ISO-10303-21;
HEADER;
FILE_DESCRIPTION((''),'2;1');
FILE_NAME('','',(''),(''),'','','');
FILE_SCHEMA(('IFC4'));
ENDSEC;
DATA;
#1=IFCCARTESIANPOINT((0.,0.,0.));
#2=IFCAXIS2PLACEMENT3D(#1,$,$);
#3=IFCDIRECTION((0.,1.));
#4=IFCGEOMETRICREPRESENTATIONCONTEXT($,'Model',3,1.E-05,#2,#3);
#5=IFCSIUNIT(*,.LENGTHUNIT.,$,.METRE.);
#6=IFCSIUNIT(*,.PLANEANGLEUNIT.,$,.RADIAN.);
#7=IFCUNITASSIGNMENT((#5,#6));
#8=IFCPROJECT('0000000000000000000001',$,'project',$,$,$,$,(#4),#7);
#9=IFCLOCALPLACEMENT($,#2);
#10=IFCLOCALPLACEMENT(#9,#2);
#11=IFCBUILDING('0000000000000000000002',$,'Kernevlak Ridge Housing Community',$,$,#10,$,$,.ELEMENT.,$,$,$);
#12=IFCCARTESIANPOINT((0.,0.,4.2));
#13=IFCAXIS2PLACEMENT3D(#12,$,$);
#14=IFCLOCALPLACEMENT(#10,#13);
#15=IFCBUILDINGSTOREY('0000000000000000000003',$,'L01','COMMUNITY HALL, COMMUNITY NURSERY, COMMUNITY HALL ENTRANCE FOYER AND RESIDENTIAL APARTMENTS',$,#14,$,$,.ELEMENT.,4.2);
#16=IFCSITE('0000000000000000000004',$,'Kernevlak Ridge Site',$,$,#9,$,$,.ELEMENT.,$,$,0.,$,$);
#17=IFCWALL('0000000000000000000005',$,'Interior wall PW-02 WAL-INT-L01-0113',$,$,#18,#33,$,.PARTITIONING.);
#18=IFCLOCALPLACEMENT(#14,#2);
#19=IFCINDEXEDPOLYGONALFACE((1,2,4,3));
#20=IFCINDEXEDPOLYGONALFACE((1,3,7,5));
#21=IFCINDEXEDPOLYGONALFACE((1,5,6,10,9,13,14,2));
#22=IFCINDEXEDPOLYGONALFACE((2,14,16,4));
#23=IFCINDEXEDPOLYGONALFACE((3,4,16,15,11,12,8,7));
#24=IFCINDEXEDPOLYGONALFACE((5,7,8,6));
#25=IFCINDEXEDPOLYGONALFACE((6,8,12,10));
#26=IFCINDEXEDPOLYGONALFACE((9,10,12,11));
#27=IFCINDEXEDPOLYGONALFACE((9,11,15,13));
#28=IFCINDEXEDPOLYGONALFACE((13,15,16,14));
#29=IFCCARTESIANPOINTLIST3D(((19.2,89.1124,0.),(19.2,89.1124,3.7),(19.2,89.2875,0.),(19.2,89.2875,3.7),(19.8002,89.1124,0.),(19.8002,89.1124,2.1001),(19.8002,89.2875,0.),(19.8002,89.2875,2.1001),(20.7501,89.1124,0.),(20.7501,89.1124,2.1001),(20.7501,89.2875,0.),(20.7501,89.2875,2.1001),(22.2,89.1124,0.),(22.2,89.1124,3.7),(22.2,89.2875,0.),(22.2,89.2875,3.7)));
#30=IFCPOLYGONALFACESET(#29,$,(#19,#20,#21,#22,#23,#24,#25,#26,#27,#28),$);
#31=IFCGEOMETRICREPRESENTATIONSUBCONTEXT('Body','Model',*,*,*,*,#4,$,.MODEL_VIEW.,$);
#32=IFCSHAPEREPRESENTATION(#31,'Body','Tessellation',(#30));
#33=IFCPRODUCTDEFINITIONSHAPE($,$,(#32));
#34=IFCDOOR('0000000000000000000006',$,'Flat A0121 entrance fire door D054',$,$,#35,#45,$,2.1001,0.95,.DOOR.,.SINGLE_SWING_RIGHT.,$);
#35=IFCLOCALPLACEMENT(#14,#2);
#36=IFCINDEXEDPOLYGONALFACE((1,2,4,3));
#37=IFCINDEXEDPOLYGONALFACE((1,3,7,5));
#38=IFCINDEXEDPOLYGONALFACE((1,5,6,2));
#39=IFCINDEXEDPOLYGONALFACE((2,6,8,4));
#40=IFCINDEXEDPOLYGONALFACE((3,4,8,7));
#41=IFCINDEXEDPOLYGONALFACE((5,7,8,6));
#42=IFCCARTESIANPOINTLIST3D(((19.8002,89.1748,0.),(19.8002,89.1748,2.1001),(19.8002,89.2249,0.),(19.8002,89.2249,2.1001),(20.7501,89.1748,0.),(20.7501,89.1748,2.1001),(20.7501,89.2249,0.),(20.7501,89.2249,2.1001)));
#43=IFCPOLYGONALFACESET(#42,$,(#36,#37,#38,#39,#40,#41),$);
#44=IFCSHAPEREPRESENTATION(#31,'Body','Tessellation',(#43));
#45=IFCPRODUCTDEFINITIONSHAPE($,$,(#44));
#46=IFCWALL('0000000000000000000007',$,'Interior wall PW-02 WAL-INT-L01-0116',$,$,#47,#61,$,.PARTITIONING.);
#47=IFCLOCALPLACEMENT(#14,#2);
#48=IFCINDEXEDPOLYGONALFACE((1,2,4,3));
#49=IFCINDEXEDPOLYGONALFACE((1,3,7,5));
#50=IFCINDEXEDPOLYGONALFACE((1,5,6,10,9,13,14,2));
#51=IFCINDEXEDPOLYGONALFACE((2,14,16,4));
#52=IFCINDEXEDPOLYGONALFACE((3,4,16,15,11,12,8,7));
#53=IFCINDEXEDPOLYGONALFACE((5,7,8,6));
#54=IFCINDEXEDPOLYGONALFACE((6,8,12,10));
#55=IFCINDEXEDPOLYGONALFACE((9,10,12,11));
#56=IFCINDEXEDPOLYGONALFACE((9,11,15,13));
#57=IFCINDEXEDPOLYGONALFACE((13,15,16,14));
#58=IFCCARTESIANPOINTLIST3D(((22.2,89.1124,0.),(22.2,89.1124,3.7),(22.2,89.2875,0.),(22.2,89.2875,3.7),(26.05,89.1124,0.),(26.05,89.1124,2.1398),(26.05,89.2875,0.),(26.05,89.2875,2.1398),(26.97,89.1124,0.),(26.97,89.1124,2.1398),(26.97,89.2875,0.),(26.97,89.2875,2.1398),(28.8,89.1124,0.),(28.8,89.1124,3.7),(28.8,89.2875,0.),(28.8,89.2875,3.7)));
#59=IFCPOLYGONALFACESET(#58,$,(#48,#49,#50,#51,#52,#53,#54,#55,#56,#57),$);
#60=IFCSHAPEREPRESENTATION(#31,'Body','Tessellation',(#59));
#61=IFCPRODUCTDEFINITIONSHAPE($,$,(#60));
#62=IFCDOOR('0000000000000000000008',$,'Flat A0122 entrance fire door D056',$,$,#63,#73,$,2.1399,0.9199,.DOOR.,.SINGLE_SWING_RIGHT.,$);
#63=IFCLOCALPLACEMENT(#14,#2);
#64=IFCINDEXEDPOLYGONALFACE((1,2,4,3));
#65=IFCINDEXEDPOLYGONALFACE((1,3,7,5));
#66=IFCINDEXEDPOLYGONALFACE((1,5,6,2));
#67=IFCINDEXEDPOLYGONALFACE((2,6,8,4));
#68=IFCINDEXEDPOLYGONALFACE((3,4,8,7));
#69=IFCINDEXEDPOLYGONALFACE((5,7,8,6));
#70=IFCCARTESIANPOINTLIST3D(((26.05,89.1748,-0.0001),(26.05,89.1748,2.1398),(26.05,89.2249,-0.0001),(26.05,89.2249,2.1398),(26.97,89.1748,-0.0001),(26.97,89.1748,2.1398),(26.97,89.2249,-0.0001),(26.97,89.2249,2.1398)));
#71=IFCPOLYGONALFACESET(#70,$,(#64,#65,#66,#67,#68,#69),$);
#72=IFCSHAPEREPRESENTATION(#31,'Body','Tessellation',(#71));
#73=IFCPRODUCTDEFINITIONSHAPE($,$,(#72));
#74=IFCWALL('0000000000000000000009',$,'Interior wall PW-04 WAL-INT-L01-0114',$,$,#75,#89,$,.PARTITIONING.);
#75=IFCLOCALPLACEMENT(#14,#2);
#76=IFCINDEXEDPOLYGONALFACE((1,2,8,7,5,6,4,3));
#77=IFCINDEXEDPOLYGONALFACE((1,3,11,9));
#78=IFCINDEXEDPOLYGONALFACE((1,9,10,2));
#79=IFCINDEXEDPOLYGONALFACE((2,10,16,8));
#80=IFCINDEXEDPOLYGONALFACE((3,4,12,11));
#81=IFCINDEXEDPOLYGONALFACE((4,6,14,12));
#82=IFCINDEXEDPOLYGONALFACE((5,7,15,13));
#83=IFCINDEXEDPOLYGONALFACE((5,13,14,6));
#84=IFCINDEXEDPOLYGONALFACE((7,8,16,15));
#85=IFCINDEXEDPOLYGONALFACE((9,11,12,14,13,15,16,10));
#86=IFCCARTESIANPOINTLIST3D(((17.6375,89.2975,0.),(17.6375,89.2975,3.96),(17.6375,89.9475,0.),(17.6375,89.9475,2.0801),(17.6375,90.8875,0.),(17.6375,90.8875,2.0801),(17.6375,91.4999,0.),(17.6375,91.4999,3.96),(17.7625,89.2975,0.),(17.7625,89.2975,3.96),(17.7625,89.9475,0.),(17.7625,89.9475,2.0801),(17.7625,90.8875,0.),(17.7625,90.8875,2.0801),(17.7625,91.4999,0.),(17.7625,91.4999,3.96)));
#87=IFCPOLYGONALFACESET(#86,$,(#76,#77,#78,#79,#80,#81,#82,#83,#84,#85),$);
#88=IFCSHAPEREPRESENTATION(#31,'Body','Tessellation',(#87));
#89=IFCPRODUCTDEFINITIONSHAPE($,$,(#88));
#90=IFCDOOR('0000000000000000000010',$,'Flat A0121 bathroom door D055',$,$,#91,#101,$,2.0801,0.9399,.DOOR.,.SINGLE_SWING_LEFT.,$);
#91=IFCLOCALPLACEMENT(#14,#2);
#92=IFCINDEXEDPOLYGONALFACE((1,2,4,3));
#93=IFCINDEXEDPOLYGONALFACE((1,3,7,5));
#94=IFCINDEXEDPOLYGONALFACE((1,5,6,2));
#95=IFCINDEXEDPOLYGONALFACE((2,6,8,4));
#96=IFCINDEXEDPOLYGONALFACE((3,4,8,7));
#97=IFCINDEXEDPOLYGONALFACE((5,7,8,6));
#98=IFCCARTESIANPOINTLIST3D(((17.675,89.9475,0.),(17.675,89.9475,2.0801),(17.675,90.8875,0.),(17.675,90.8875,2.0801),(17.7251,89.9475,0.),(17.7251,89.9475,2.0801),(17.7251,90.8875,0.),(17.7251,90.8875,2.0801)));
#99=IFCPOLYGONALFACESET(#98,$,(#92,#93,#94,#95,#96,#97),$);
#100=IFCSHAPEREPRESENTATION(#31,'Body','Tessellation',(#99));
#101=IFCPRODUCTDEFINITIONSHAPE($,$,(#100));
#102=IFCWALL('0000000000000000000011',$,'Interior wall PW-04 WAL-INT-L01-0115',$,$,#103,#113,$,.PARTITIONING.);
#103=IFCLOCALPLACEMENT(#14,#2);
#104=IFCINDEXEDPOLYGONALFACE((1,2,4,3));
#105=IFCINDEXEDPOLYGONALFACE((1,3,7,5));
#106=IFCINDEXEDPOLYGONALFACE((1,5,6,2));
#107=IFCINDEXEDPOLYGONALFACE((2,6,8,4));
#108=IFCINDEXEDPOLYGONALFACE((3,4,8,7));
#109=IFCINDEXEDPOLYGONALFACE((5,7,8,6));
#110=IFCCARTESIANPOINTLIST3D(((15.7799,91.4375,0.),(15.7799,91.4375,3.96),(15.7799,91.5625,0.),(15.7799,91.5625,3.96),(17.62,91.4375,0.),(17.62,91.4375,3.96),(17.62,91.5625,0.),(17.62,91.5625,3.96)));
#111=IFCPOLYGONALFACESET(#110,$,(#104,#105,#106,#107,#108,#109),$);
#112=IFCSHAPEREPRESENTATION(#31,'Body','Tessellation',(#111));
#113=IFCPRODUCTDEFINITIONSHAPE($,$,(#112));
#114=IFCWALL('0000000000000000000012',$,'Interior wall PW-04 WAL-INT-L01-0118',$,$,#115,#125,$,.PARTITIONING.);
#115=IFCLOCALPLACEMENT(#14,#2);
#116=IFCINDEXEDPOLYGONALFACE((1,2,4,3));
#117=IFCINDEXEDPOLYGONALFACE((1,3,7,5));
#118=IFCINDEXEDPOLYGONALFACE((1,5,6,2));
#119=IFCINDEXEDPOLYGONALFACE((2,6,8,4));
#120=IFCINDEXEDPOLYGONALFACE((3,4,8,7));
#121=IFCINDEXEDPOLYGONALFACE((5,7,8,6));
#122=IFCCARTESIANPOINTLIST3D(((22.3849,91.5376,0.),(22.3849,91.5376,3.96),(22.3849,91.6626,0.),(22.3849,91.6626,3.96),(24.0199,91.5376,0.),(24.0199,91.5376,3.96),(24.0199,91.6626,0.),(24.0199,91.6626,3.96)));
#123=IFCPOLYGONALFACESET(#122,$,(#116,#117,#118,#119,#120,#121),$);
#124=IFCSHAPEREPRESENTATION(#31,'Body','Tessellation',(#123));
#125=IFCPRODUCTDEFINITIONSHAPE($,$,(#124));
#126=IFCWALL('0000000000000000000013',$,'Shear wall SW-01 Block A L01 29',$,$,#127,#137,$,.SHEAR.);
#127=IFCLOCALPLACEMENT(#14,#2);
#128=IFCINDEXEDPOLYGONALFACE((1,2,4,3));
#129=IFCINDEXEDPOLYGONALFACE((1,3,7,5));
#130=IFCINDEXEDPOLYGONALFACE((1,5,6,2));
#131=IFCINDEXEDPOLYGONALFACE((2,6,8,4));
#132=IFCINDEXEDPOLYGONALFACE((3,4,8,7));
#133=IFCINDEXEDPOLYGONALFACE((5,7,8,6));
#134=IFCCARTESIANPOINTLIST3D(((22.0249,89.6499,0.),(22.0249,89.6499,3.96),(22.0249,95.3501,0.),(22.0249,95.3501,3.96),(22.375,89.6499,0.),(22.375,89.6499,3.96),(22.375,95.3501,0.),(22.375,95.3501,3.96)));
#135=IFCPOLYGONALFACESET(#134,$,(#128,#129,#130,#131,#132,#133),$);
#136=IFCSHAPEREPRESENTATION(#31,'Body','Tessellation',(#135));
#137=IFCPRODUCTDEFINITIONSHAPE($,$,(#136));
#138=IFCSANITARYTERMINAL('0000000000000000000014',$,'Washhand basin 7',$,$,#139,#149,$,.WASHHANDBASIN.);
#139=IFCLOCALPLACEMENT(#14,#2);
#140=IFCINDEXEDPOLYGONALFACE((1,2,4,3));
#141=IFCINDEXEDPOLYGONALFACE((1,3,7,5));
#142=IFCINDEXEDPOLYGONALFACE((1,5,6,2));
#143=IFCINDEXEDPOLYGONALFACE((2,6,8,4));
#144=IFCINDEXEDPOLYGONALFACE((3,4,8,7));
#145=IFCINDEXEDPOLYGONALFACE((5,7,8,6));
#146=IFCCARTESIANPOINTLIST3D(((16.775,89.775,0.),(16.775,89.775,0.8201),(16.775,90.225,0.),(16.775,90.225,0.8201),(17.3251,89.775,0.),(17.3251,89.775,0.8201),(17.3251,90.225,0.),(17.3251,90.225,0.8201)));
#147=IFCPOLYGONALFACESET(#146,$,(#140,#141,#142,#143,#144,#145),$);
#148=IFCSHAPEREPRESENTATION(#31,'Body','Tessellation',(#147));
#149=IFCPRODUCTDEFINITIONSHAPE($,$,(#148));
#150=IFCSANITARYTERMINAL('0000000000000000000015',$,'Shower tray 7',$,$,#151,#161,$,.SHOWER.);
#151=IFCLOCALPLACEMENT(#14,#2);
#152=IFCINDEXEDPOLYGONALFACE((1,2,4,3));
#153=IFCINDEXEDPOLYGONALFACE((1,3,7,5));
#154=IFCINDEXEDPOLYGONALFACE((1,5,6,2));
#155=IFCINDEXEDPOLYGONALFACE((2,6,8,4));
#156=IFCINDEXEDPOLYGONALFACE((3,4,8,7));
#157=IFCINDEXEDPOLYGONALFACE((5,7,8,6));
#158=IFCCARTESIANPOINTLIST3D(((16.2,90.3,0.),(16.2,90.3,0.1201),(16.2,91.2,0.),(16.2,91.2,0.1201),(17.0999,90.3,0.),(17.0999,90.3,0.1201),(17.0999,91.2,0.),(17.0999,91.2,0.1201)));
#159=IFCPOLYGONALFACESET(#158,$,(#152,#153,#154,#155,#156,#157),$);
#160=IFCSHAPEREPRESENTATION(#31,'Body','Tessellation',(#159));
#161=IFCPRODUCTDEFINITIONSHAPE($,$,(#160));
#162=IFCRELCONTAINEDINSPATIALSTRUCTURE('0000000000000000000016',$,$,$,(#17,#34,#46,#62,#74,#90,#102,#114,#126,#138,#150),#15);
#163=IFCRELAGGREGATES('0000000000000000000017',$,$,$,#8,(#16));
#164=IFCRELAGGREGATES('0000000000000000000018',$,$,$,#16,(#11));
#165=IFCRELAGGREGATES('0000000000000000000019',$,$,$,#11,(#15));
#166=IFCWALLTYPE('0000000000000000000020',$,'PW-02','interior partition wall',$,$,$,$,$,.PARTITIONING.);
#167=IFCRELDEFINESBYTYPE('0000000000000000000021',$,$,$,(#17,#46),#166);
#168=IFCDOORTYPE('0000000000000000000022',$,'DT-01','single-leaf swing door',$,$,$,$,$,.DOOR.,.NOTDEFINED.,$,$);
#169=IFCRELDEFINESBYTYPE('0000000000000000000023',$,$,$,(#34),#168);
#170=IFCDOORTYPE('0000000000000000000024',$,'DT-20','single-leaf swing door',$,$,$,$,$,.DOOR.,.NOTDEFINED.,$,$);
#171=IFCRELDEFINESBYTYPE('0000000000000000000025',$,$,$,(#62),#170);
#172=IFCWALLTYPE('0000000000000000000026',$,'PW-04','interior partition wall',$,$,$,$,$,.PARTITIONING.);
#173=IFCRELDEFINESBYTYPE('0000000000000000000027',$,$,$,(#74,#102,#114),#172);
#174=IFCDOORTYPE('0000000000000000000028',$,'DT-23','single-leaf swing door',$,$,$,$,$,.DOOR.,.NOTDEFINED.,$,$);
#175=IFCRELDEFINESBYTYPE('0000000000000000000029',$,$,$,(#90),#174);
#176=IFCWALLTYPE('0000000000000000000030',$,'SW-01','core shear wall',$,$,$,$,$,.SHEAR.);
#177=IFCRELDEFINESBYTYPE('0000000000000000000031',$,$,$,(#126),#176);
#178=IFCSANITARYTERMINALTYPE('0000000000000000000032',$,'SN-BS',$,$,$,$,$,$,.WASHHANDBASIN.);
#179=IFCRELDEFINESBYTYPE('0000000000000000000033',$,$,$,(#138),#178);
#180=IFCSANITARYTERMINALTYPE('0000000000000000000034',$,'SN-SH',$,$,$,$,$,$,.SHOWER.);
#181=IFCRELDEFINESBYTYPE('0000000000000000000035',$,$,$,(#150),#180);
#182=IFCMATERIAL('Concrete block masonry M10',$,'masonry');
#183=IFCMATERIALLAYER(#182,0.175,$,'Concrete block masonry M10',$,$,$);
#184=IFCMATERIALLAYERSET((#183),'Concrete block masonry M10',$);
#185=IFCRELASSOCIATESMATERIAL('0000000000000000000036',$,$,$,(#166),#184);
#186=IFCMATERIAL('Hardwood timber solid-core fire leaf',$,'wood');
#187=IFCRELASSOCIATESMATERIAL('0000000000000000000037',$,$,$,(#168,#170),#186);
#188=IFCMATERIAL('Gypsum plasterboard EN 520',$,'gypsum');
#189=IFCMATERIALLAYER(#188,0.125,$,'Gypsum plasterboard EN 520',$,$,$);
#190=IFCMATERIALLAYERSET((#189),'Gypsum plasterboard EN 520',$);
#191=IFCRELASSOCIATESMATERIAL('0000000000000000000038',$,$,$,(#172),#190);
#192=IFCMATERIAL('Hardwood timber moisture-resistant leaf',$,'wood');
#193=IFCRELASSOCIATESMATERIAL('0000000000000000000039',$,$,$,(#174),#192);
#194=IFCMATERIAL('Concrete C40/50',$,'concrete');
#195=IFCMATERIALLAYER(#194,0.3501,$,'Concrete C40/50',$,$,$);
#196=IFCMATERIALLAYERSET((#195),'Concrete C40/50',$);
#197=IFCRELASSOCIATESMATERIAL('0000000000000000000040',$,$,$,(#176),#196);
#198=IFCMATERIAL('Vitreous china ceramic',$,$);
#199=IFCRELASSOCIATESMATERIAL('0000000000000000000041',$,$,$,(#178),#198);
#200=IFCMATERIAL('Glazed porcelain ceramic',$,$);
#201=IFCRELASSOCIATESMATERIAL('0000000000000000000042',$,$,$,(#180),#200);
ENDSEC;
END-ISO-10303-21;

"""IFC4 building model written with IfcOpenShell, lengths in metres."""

from ifc_helpers import new_model, si_unit, direction, frame, frame_2d, origin, origin_2d, place, context, subcontext, project, spatial, rectangle, extrude, material, layer, layer_set, type_object, element, fill, save


model = new_model("IFC4")

# Units and contexts
model_context = context("Model", 3, precision=1e-05, world=origin(), true_north=direction((0.0, 1.0)))
body_context = subcontext(model_context, "Body", "Model", "MODEL_VIEW")
ifc_project = project(units=[si_unit("LENGTHUNIT", "METRE"), si_unit("PLANEANGLEUNIT", "RADIAN")], contexts=[model_context])

# Site, building, storey
site_placement = place(None, origin())
site = spatial("IfcSite", under=ifc_project, at=site_placement, Name="Kernevlak Ridge Site", CompositionType="ELEMENT", RefElevation=0.0)
building_placement = place(site_placement, origin())
building = spatial("IfcBuilding", under=site, at=building_placement, Name="Kernevlak Ridge Housing Community", CompositionType="ELEMENT")
storey_placement = place(building_placement, frame((0.0, 0.0, 4.2)))
storey = spatial("IfcBuildingStorey", under=building, at=storey_placement, Name="L01", Description="COMMUNITY HALL, COMMUNITY NURSERY, COMMUNITY HALL ENTRANCE FOYER AND RESIDENTIAL APARTMENTS", CompositionType="ELEMENT", Elevation=4.2)

# Shared definitions
ifc_material_1 = material(Name="Concrete C40/50", Category="concrete")

# Shared definitions
ifc_material_2 = material(Name="Concrete block masonry M10", Category="masonry")

# Walls, openings, doors
ifc_layer_1 = layer(ifc_material_2, 0.175, Name="Concrete block masonry M10")
ifc_layer_set_1 = layer_set([ifc_layer_1], Name="Concrete block masonry M10")
wall_type_1 = type_object("IfcWallType", Name="PW-02", Description="interior partition wall", PredefinedType="PARTITIONING", material=ifc_layer_set_1)
wall_1_placement = place(storey_placement, frame((19.2, 89.2, 0.0), z_axis=(0.0, 0.0, 1.0), x_axis=(1.0, 0.0, 0.0)))
wall_1 = element("IfcWall", 1, at=wall_1_placement, inside=storey, type_object=wall_type_1, Name="Interior wall PW-02 WAL-INT-L01-0113", PredefinedType="PARTITIONING", context=body_context, shape_type="SweptSolid", body=[
    extrude(rectangle(XDim=3.0, YDim=0.175, at=frame_2d((1.5, 0.0))), origin(), (0.0, 0.0, 1.0), 3.7),
])
opening_1_placement = place(wall_1_placement, frame((0.6001, 0.0, 0.0)))
opening_1 = element("IfcOpeningElement", 2, at=opening_1_placement, cuts=wall_1, PredefinedType="OPENING", context=body_context, shape_type="SweptSolid", body=[
    extrude(rectangle(XDim=0.95, YDim=2.1001, at=frame_2d((0.4751, 1.05))), frame((0.0, 0.0974, 0.0), z_axis=(0.0, -1.0, 0.0), x_axis=(1.0, 0.0, 0.0)), (0.0, 0.0, 1.0), 0.1951),
])
ifc_material_3 = material(Name="Hardwood timber solid-core fire leaf", Category="wood")
door_type_1 = type_object("IfcDoorType", Name="DT-01", Description="single-leaf swing door", OperationType="NOTDEFINED", PredefinedType="DOOR", material=ifc_material_3)
door_1_placement = place(opening_1_placement, origin())
door_1 = element("IfcDoor", 3, at=door_1_placement, inside=storey, type_object=door_type_1, Name="Flat A0121 entrance fire door D054", OperationType="SINGLE_SWING_RIGHT", OverallHeight=2.1001, OverallWidth=0.95, PredefinedType="DOOR", context=body_context, shape_type="SweptSolid", body=[
    extrude(rectangle(XDim=0.95, YDim=2.1001, at=frame_2d((0.4751, 1.05))), frame((0.0, 0.0249, 0.0), z_axis=(0.0, -1.0, 0.0), x_axis=(1.0, 0.0, 0.0)), (0.0, 0.0, 1.0), 0.05),
])
fill(opening_1, door_1)
wall_2_placement = place(storey_placement, frame((22.2, 89.2, 0.0), z_axis=(0.0, 0.0, 1.0), x_axis=(1.0, 0.0, 0.0)))
wall_2 = element("IfcWall", 4, at=wall_2_placement, inside=storey, type_object=wall_type_1, Name="Interior wall PW-02 WAL-INT-L01-0116", PredefinedType="PARTITIONING", context=body_context, shape_type="SweptSolid", body=[
    extrude(rectangle(XDim=6.6001, YDim=0.175, at=frame_2d((3.3, 0.0))), origin(), (0.0, 0.0, 1.0), 3.7),
])
opening_2_placement = place(wall_2_placement, frame((3.8501, 0.0, 0.0)))
opening_2 = element("IfcOpeningElement", 5, at=opening_2_placement, cuts=wall_2, PredefinedType="OPENING", context=body_context, shape_type="SweptSolid", body=[
    extrude(rectangle(XDim=0.9199, YDim=2.1399, at=frame_2d((0.46, 1.0698))), frame((0.0, 0.0974, 0.0), z_axis=(0.0, -1.0, 0.0), x_axis=(1.0, 0.0, 0.0)), (0.0, 0.0, 1.0), 0.1951),
])
door_type_2 = type_object("IfcDoorType", Name="DT-20", Description="single-leaf swing door", OperationType="NOTDEFINED", PredefinedType="DOOR", material=ifc_material_3)
door_2_placement = place(opening_2_placement, origin())
door_2 = element("IfcDoor", 6, at=door_2_placement, inside=storey, type_object=door_type_2, Name="Flat A0122 entrance fire door D056", OperationType="SINGLE_SWING_RIGHT", OverallHeight=2.1399, OverallWidth=0.9199, PredefinedType="DOOR", context=body_context, shape_type="SweptSolid", body=[
    extrude(rectangle(XDim=0.9199, YDim=2.1399, at=frame_2d((0.46, 1.0698))), frame((0.0, 0.0249, 0.0), z_axis=(0.0, -1.0, 0.0), x_axis=(1.0, 0.0, 0.0)), (0.0, 0.0, 1.0), 0.05),
])
fill(opening_2, door_2)
ifc_material_4 = material(Name="Gypsum plasterboard EN 520", Category="gypsum")
ifc_layer_2 = layer(ifc_material_4, 0.125, Name="Gypsum plasterboard EN 520")
ifc_layer_set_2 = layer_set([ifc_layer_2], Name="Gypsum plasterboard EN 520")
wall_type_2 = type_object("IfcWallType", Name="PW-04", Description="interior partition wall", PredefinedType="PARTITIONING", material=ifc_layer_set_2)
wall_3_placement = place(storey_placement, frame((17.7, 89.2976, 0.0), z_axis=(0.0, 0.0, 1.0), x_axis=(0.0, 1.0, 0.0)))
wall_3 = element("IfcWall", 7, at=wall_3_placement, inside=storey, type_object=wall_type_2, Name="Interior wall PW-04 WAL-INT-L01-0114", PredefinedType="PARTITIONING", context=body_context, shape_type="SweptSolid", body=[
    extrude(rectangle(XDim=2.2024, YDim=0.125, at=frame_2d((1.1011, 0.0))), origin(), (0.0, 0.0, 1.0), 3.96),
])
opening_3_placement = place(wall_3_placement, frame((0.6499, 0.0, 0.0)))
opening_3 = element("IfcOpeningElement", 8, at=opening_3_placement, cuts=wall_3, PredefinedType="OPENING", context=body_context, shape_type="SweptSolid", body=[
    extrude(rectangle(XDim=0.9399, YDim=2.0801, at=frame_2d((0.47, 1.04))), frame((0.0, 0.0725, 0.0), z_axis=(0.0, -1.0, 0.0), x_axis=(1.0, 0.0, 0.0)), (0.0, 0.0, 1.0), 0.145),
])
ifc_material_5 = material(Name="Hardwood timber moisture-resistant leaf", Category="wood")
door_type_3 = type_object("IfcDoorType", Name="DT-23", Description="single-leaf swing door", OperationType="NOTDEFINED", PredefinedType="DOOR", material=ifc_material_5)
door_3_placement = place(opening_3_placement, origin())
door_3 = element("IfcDoor", 9, at=door_3_placement, inside=storey, type_object=door_type_3, Name="Flat A0121 bathroom door D055", OperationType="SINGLE_SWING_LEFT", OverallHeight=2.0801, OverallWidth=0.9399, PredefinedType="DOOR", context=body_context, shape_type="SweptSolid", body=[
    extrude(rectangle(XDim=0.9399, YDim=2.0801, at=frame_2d((0.47, 1.04))), frame((0.0, 0.0249, 0.0), z_axis=(0.0, -1.0, 0.0), x_axis=(1.0, 0.0, 0.0)), (0.0, 0.0, 1.0), 0.05),
])
fill(opening_3, door_3)

# Walls
wall_4_placement = place(storey_placement, frame((15.78, 91.5, 0.0), z_axis=(0.0, 0.0, 1.0), x_axis=(1.0, 0.0, 0.0)))
element("IfcWall", 10, at=wall_4_placement, inside=storey, type_object=wall_type_2, Name="Interior wall PW-04 WAL-INT-L01-0115", PredefinedType="PARTITIONING", context=body_context, shape_type="SweptSolid", body=[
    extrude(rectangle(XDim=1.8401, YDim=0.125, at=frame_2d((0.9199, 0.0))), origin(), (0.0, 0.0, 1.0), 3.96),
])
wall_5_placement = place(storey_placement, frame((22.385, 91.6001, 0.0), z_axis=(0.0, 0.0, 1.0), x_axis=(1.0, 0.0, 0.0)))
element("IfcWall", 11, at=wall_5_placement, inside=storey, type_object=wall_type_2, Name="Interior wall PW-04 WAL-INT-L01-0118", PredefinedType="PARTITIONING", context=body_context, shape_type="SweptSolid", body=[
    extrude(rectangle(XDim=1.635, YDim=0.125, at=frame_2d((0.8174, 0.0))), origin(), (0.0, 0.0, 1.0), 3.96),
])
ifc_layer_3 = layer(ifc_material_1, 0.3501, Name="Concrete C40/50")
ifc_layer_set_3 = layer_set([ifc_layer_3], Name="Concrete C40/50")
wall_type_3 = type_object("IfcWallType", Name="SW-01", Description="core shear wall", PredefinedType="SHEAR", material=ifc_layer_set_3)
wall_6_placement = place(storey_placement, frame((22.2, 89.6499, 0.0), z_axis=(0.0, 0.0, 1.0), x_axis=(0.0, 1.0, 0.0)))
element("IfcWall", 12, at=wall_6_placement, inside=storey, type_object=wall_type_3, Name="Shear wall SW-01 Block A L01 29", PredefinedType="SHEAR", context=body_context, shape_type="SweptSolid", body=[
    extrude(rectangle(XDim=5.7002, YDim=0.3501, at=frame_2d((2.8501, 0.0))), origin(), (0.0, 0.0, 1.0), 3.96),
])

# Sanitary terminals
ifc_material_6 = material(Name="Vitreous china ceramic")
sanitary_terminal_type_1 = type_object("IfcSanitaryTerminalType", Name="SN-BS", PredefinedType="WASHHANDBASIN", material=ifc_material_6)
sanitary_terminal_1_placement = place(storey_placement, frame((17.05, 90.0, 0.0), z_axis=(0.0, 0.0, 1.0), x_axis=(1.0, 0.0, 0.0)))
element("IfcSanitaryTerminal", 13, at=sanitary_terminal_1_placement, inside=storey, type_object=sanitary_terminal_type_1, Name="Washhand basin 7", PredefinedType="WASHHANDBASIN", context=body_context, shape_type="SweptSolid", body=[
    extrude(rectangle(XDim=0.55, YDim=0.45, at=origin_2d()), origin(), (0.0, 0.0, 1.0), 0.8201),
])
ifc_material_7 = material(Name="Glazed porcelain ceramic")
sanitary_terminal_type_2 = type_object("IfcSanitaryTerminalType", Name="SN-SH", PredefinedType="SHOWER", material=ifc_material_7)
sanitary_terminal_2_placement = place(storey_placement, frame((16.6499, 90.75, 0.0), z_axis=(0.0, 0.0, 1.0), x_axis=(1.0, 0.0, 0.0)))
element("IfcSanitaryTerminal", 14, at=sanitary_terminal_2_placement, inside=storey, type_object=sanitary_terminal_type_2, Name="Shower tray 7", PredefinedType="SHOWER", context=body_context, shape_type="SweptSolid", body=[
    extrude(rectangle(XDim=0.8999, YDim=0.8999, at=origin_2d()), origin(), (0.0, 0.0, 1.0), 0.1201),
])

save(model, "model.ifc")
